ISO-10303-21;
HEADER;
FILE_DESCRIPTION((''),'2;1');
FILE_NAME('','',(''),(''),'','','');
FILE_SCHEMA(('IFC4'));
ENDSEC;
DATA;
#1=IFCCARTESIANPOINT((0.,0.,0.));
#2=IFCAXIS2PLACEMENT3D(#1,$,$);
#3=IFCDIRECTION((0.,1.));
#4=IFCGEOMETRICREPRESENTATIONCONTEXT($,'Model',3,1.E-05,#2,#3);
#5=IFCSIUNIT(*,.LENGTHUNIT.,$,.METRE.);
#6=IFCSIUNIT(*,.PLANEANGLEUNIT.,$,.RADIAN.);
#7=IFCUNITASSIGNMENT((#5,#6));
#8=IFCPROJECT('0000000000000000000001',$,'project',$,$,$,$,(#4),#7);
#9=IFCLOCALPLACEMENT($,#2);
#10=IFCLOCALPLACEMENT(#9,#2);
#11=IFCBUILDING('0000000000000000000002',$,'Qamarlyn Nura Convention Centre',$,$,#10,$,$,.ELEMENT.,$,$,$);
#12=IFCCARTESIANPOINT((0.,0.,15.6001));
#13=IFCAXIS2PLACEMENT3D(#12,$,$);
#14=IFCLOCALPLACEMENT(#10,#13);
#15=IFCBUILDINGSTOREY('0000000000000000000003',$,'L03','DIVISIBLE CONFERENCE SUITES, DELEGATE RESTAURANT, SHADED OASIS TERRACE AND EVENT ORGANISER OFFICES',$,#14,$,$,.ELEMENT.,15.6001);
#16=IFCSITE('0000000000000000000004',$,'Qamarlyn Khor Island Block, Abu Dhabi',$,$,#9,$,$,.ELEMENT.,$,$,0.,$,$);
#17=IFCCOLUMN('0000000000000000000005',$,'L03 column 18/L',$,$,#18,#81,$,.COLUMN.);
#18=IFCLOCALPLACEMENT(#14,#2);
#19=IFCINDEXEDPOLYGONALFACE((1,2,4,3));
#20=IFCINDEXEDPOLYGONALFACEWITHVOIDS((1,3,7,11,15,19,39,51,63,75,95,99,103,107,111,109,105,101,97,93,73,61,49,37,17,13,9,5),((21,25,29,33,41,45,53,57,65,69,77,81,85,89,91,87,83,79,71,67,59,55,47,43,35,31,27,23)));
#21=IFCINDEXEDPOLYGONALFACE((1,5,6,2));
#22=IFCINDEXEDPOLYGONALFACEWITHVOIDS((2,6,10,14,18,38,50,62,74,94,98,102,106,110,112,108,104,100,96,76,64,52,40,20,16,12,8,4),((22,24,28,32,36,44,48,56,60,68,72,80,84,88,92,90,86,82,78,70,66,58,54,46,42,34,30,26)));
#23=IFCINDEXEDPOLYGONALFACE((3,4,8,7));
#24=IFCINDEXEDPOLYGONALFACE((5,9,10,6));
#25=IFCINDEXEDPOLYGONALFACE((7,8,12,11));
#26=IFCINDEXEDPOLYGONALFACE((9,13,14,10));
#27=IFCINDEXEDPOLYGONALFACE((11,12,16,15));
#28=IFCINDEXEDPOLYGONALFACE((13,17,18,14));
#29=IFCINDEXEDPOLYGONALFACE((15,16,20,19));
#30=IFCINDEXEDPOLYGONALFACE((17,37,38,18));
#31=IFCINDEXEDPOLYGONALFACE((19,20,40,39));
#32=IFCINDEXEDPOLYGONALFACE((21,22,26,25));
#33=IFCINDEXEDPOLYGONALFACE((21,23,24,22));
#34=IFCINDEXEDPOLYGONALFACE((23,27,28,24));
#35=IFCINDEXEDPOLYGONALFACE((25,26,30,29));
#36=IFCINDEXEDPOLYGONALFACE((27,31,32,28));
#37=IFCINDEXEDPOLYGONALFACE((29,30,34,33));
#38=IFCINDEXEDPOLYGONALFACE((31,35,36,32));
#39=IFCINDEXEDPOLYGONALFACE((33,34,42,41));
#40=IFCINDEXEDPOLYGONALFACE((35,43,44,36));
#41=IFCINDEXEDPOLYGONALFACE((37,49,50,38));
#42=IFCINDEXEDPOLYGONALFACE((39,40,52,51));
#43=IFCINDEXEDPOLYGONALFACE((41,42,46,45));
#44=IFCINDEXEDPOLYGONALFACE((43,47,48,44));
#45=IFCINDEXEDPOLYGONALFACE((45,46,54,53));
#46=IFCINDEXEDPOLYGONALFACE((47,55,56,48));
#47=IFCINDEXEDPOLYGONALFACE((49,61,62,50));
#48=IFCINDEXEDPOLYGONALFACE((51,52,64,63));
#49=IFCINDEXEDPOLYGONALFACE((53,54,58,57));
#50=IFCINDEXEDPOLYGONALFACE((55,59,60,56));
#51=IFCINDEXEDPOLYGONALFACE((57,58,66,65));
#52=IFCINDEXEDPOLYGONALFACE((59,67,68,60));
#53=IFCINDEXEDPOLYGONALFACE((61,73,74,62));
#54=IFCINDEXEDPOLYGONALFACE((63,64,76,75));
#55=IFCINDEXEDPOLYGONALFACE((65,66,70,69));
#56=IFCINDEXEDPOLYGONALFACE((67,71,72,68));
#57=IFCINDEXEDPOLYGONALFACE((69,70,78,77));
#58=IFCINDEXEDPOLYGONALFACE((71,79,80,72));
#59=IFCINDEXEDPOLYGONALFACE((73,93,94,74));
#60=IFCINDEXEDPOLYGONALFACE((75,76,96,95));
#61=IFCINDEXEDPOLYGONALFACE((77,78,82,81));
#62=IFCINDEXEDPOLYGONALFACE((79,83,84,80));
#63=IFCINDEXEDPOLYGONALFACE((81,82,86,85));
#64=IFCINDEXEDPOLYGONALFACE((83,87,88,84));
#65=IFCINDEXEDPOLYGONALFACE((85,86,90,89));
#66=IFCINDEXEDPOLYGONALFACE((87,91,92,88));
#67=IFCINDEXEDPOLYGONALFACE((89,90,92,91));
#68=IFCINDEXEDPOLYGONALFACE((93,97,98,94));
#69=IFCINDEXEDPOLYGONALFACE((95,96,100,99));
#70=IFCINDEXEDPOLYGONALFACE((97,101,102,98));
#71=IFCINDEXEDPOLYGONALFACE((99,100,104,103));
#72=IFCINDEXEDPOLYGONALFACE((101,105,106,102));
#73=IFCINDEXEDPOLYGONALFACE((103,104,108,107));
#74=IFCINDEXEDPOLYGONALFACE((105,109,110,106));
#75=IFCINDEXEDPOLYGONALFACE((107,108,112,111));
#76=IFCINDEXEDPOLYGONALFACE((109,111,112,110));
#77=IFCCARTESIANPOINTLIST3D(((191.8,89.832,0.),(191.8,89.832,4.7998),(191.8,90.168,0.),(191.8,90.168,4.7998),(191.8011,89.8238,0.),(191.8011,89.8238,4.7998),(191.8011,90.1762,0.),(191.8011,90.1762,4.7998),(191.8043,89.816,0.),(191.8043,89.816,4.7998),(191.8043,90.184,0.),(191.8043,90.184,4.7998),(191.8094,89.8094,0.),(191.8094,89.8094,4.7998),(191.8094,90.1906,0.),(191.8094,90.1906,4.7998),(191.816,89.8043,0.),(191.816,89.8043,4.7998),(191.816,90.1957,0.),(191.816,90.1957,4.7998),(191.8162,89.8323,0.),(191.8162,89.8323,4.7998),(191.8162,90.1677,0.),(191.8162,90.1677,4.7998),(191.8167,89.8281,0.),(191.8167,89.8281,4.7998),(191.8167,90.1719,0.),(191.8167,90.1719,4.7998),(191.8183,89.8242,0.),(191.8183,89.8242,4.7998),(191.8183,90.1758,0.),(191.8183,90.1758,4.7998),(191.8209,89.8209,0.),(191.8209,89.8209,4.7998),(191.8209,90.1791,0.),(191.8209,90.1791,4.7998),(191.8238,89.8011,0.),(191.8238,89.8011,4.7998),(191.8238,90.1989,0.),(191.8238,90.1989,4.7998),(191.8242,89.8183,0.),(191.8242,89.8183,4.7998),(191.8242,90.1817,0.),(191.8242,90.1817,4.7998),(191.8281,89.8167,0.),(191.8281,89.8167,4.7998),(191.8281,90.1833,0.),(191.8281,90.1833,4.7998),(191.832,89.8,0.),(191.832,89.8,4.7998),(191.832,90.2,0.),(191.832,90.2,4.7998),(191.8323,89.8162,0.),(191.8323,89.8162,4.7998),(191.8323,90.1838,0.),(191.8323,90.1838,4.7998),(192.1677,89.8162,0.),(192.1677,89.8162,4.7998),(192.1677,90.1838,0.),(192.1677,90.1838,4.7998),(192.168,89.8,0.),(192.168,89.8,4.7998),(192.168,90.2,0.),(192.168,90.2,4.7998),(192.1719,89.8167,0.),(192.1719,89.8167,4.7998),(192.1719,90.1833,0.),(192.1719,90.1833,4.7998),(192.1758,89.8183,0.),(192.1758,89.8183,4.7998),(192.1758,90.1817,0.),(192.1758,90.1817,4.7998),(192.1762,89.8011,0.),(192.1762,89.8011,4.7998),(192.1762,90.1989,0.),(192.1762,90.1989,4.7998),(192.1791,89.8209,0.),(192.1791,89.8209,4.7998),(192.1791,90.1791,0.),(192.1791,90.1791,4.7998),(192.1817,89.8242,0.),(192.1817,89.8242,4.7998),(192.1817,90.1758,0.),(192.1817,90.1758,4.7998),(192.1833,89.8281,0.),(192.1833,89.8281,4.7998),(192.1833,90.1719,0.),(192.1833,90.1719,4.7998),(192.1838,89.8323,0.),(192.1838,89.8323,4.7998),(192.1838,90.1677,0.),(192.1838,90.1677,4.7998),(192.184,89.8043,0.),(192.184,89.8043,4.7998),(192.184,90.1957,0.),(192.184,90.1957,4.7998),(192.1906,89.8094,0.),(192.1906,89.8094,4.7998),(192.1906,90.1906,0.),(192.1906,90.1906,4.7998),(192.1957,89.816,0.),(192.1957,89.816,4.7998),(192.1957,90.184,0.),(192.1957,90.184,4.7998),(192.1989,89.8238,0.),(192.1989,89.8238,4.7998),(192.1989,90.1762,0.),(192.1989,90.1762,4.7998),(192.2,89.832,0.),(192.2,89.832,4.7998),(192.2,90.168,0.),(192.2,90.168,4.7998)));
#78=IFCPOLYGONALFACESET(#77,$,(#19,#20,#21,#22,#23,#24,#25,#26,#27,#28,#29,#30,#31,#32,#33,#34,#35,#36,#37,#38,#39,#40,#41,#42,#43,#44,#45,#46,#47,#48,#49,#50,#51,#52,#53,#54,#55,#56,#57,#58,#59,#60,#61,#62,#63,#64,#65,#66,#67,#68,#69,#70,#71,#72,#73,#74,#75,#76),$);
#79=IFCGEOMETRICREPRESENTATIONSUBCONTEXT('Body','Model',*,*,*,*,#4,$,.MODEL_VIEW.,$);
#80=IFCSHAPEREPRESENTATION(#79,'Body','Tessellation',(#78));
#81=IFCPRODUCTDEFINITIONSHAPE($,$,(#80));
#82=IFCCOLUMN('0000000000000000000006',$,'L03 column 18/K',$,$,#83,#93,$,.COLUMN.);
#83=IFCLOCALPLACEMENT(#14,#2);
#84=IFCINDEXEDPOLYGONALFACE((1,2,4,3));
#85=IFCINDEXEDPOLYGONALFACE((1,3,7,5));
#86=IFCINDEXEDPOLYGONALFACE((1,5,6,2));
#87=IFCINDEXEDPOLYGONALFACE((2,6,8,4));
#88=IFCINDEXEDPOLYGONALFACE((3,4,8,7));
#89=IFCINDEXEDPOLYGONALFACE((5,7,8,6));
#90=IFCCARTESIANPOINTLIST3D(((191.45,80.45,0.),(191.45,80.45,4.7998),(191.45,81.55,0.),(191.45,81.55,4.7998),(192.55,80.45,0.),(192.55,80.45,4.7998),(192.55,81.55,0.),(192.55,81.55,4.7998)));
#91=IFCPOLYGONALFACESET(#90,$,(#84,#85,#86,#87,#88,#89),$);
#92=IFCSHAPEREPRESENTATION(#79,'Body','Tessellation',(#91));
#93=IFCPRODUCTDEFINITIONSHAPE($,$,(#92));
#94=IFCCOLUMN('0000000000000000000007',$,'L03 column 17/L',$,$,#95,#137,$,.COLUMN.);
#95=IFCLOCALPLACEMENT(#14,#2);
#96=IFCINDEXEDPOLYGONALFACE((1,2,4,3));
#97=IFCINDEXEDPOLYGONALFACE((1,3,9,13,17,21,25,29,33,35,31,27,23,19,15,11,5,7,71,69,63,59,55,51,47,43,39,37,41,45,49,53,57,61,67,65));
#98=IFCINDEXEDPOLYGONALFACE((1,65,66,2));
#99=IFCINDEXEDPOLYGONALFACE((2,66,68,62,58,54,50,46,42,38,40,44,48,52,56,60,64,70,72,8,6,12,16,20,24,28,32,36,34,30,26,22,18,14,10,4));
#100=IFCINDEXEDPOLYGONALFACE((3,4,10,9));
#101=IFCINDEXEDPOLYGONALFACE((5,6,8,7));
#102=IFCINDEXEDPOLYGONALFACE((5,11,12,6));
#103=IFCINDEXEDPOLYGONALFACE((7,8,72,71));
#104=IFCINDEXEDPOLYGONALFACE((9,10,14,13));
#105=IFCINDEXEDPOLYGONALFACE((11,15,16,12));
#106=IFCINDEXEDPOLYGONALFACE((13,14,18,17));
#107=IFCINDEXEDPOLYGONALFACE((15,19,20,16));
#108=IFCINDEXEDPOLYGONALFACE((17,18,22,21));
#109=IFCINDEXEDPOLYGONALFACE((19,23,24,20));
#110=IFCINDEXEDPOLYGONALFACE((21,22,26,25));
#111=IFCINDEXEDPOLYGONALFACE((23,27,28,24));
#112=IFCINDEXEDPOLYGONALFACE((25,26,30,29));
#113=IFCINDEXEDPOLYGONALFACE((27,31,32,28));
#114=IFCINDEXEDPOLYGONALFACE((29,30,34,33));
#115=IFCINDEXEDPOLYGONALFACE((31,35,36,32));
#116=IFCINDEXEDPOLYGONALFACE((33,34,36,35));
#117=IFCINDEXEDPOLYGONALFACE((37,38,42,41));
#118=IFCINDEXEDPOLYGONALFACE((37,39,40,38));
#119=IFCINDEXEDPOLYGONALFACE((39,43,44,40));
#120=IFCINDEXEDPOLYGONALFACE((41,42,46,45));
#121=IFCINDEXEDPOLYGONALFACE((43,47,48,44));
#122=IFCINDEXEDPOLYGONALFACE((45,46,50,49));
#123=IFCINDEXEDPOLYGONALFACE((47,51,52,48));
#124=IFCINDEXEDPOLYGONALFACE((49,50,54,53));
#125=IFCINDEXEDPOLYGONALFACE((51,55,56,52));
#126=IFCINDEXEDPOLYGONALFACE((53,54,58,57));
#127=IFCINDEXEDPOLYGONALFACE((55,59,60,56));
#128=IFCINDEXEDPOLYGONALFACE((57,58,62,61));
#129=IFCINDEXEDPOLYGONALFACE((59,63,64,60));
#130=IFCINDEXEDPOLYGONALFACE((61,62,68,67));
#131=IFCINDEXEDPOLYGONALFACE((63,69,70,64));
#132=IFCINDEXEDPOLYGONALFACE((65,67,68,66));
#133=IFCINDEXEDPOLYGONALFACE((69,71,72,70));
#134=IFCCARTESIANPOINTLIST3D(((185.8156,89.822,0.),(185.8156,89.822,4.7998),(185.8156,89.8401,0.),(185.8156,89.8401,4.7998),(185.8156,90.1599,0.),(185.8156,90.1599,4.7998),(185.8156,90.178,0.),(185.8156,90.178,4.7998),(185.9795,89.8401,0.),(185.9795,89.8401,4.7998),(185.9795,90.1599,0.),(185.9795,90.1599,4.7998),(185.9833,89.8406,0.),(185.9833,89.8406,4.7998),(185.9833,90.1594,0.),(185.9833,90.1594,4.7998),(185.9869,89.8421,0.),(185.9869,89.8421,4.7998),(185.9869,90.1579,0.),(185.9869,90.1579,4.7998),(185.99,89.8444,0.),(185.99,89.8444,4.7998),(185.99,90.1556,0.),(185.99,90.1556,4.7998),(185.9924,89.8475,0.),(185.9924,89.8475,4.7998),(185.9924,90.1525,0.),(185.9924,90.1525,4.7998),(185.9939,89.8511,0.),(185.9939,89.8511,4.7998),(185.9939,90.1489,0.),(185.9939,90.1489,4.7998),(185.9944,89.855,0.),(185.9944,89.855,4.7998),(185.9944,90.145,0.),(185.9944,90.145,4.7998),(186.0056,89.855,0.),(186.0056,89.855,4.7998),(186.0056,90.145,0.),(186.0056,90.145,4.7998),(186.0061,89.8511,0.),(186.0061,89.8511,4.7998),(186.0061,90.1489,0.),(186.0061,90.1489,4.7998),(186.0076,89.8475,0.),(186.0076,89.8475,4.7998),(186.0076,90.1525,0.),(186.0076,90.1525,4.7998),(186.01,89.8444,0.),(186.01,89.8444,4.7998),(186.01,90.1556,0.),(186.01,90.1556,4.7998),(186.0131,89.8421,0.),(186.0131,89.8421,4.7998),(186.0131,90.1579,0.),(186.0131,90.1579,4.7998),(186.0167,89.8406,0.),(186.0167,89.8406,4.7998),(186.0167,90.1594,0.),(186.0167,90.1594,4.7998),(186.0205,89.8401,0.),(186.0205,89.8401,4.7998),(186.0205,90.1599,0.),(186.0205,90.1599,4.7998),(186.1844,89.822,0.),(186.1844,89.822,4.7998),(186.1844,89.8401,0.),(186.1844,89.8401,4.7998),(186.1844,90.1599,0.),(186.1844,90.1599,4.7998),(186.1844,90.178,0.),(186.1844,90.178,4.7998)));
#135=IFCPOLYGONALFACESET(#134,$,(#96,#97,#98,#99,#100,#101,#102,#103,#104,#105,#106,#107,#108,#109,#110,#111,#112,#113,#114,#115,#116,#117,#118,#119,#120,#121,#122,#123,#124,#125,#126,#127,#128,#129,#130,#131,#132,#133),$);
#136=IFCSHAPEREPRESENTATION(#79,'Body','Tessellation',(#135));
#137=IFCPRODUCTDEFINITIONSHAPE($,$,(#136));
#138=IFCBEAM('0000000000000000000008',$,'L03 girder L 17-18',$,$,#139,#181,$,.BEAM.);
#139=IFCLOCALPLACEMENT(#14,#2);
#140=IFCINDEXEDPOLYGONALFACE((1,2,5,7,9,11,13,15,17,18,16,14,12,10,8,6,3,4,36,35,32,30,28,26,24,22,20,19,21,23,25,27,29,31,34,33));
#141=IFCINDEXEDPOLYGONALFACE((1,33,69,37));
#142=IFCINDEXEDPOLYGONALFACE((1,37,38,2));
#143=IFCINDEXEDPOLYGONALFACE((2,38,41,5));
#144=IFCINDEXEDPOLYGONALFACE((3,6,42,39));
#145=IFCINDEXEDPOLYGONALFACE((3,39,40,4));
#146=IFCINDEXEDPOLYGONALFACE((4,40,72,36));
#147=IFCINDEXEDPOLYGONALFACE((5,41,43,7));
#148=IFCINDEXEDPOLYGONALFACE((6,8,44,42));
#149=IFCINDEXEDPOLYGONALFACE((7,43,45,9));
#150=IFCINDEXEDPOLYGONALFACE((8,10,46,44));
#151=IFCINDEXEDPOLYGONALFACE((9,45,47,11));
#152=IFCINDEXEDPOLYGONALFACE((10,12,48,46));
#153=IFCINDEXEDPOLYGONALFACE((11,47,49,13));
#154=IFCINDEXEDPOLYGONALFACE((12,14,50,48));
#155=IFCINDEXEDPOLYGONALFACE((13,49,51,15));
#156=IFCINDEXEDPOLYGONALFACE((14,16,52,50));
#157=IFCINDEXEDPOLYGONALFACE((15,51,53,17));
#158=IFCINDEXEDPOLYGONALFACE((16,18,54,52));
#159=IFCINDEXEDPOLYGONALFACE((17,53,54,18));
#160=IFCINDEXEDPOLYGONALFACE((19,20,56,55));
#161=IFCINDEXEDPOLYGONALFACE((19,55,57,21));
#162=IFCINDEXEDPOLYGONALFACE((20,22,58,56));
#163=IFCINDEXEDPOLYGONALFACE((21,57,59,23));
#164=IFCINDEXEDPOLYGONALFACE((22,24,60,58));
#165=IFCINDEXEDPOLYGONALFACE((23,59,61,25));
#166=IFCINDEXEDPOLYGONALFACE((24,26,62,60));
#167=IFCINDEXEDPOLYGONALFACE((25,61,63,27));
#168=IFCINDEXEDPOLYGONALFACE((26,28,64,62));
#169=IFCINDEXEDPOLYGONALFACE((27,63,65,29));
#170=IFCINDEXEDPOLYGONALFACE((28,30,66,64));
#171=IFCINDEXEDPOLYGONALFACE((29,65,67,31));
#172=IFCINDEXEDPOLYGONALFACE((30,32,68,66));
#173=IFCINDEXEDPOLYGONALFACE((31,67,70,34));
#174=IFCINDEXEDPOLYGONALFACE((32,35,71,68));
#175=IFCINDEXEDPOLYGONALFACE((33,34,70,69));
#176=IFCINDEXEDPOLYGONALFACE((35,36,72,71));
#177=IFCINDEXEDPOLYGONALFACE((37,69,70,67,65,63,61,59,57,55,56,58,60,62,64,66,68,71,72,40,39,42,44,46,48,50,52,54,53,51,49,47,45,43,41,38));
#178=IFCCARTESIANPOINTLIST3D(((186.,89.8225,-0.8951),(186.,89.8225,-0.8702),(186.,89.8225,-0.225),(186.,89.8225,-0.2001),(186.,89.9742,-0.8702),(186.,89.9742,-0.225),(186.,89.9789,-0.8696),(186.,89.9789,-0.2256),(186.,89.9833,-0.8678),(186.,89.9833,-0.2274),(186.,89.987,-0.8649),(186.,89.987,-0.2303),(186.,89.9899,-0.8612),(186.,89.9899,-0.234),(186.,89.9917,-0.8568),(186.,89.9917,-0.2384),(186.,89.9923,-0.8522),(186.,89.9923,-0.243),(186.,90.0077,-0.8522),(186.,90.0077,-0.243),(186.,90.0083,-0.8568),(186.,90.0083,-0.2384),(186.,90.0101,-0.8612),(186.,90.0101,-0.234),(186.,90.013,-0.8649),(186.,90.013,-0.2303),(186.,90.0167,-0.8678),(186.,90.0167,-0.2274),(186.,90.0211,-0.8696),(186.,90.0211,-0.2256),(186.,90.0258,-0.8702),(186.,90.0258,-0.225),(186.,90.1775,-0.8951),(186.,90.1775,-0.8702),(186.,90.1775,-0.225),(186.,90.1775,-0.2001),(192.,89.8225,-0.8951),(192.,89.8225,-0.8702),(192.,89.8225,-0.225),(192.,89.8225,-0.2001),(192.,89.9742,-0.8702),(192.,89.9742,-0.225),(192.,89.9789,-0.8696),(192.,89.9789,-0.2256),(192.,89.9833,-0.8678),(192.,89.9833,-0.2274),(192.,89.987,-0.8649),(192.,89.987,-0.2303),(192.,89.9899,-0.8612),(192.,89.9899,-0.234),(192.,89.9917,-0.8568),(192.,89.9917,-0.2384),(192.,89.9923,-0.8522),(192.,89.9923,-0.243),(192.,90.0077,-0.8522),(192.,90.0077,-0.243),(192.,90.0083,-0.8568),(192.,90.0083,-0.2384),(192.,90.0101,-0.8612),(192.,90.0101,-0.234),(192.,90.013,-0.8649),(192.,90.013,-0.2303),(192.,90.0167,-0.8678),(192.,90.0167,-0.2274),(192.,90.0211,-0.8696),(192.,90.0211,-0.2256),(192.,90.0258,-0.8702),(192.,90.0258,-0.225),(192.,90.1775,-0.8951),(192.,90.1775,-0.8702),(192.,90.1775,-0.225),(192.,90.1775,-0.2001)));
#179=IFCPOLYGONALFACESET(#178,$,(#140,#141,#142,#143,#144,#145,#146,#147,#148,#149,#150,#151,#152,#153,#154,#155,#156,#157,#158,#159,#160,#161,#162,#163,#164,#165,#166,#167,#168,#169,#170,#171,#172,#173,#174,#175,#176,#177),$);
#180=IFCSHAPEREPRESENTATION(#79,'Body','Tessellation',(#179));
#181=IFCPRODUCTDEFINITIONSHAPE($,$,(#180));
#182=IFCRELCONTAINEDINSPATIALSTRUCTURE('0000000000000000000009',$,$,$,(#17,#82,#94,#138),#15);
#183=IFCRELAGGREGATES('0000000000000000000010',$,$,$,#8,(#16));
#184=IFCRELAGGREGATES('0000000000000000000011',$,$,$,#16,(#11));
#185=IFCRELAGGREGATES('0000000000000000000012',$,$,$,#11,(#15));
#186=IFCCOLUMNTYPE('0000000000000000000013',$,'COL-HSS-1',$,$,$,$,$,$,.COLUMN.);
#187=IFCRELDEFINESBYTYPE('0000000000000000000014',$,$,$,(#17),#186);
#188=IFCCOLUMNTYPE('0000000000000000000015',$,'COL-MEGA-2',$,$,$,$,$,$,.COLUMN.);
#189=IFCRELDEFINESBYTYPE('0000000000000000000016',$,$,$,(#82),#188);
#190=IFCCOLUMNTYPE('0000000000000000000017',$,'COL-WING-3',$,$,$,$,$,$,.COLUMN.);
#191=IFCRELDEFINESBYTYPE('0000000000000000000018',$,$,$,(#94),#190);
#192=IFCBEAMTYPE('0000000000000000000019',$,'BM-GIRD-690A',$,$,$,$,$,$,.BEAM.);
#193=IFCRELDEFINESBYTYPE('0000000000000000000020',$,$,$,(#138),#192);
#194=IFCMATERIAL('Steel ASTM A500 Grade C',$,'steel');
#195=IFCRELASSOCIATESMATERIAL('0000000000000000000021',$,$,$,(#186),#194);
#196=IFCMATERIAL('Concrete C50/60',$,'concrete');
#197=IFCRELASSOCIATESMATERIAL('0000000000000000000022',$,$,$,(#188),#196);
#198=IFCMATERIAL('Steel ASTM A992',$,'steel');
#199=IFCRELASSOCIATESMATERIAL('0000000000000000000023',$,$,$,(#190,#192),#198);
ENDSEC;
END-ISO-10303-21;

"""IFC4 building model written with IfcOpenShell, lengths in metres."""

from ifc_helpers import new_model, si_unit, direction, frame, origin, origin_2d, place, context, subcontext, project, spatial, rectangle, hollow_rectangle, i_section, extrude, material, material_profile, profile_set, type_object, element, save


model = new_model("IFC4")

# Units and contexts
model_context = context("Model", 3, precision=1e-05, world=origin(), true_north=direction((0.0, 1.0)))
body_context = subcontext(model_context, "Body", "Model", "MODEL_VIEW")
ifc_project = project(units=[si_unit("LENGTHUNIT", "METRE"), si_unit("PLANEANGLEUNIT", "RADIAN")], contexts=[model_context])

# Site, building, storey
site_placement = place(None, origin())
site = spatial("IfcSite", under=ifc_project, at=site_placement, Name="Qamarlyn Khor Island Block, Abu Dhabi", CompositionType="ELEMENT", RefElevation=0.0)
building_placement = place(site_placement, origin())
building = spatial("IfcBuilding", under=site, at=building_placement, Name="Qamarlyn Nura Convention Centre", CompositionType="ELEMENT")
storey_placement = place(building_placement, frame((0.0, 0.0, 15.6001)))
storey = spatial("IfcBuildingStorey", under=building, at=storey_placement, Name="L03", Description="DIVISIBLE CONFERENCE SUITES, DELEGATE RESTAURANT, SHADED OASIS TERRACE AND EVENT ORGANISER OFFICES", CompositionType="ELEMENT", Elevation=15.6001)

# Columns
ifc_material_1 = material(Name="Steel ASTM A500 Grade C", Category="steel")
ifc_material_profile_1 = material_profile(ifc_material_1, hollow_rectangle(XDim=0.3999, YDim=0.3999, WallThickness=0.0161, InnerFilletRadius=0.0161, OuterFilletRadius=0.032, at=origin_2d()), Name="HSS400X400X16")
ifc_profile_set_1 = profile_set([ifc_material_profile_1], Name="Steel ASTM A500 Grade C")
column_type_1 = type_object("IfcColumnType", Name="COL-HSS-1", PredefinedType="COLUMN", material=ifc_profile_set_1)
column_1_placement = place(storey_placement, frame((192.0, 90.0, 0.0), z_axis=(0.0, 0.0, 1.0), x_axis=(1.0, 0.0, 0.0)))
element("IfcColumn", 1, at=column_1_placement, inside=storey, type_object=column_type_1, Name="L03 column 18/L", PredefinedType="COLUMN", context=body_context, shape_type="SweptSolid", body=[
    extrude(hollow_rectangle(XDim=0.3999, YDim=0.3999, WallThickness=0.0161, InnerFilletRadius=0.0161, OuterFilletRadius=0.032, at=origin_2d()), origin(), (0.0, 0.0, 1.0), 4.7998),
])
ifc_material_2 = material(Name="Concrete C50/60", Category="concrete")
ifc_material_profile_2 = material_profile(ifc_material_2, rectangle(XDim=1.1001, YDim=1.1001, at=origin_2d()), Name="RC 1100x1100")
ifc_profile_set_2 = profile_set([ifc_material_profile_2], Name="Concrete C50/60")
column_type_2 = type_object("IfcColumnType", Name="COL-MEGA-2", PredefinedType="COLUMN", material=ifc_profile_set_2)
column_2_placement = place(storey_placement, frame((192.0, 81.0, 0.0), z_axis=(0.0, 0.0, 1.0), x_axis=(1.0, 0.0, 0.0)))
element("IfcColumn", 2, at=column_2_placement, inside=storey, type_object=column_type_2, Name="L03 column 18/K", PredefinedType="COLUMN", context=body_context, shape_type="SweptSolid", body=[
    extrude(rectangle(XDim=1.1001, YDim=1.1001, at=origin_2d()), origin(), (0.0, 0.0, 1.0), 4.7998),
])
ifc_material_3 = material(Name="Steel ASTM A992", Category="steel")
ifc_material_profile_3 = material_profile(ifc_material_3, i_section(OverallWidth=0.3689, OverallDepth=0.356, WebThickness=0.0112, FlangeThickness=0.0181, FilletRadius=0.0149, at=origin_2d()), Name="W360X134")
ifc_profile_set_3 = profile_set([ifc_material_profile_3], Name="Steel ASTM A992")
column_type_3 = type_object("IfcColumnType", Name="COL-WING-3", PredefinedType="COLUMN", material=ifc_profile_set_3)
column_3_placement = place(storey_placement, frame((186.0, 90.0, 0.0), z_axis=(0.0, 0.0, 1.0), x_axis=(1.0, 0.0, 0.0)))
element("IfcColumn", 3, at=column_3_placement, inside=storey, type_object=column_type_3, Name="L03 column 17/L", PredefinedType="COLUMN", context=body_context, shape_type="SweptSolid", body=[
    extrude(i_section(OverallWidth=0.3689, OverallDepth=0.356, WebThickness=0.0112, FlangeThickness=0.0181, FilletRadius=0.0149, at=origin_2d()), origin(), (0.0, 0.0, 1.0), 4.7998),
])

# Beam
ifc_material_profile_4 = material_profile(ifc_material_3, i_section(OverallWidth=0.355, OverallDepth=0.6951, WebThickness=0.0154, FlangeThickness=0.0249, FilletRadius=0.0181, at=origin_2d()), Name="W690X217")
ifc_profile_set_4 = profile_set([ifc_material_profile_4], Name="Steel ASTM A992")
beam_type_1 = type_object("IfcBeamType", Name="BM-GIRD-690A", PredefinedType="BEAM", material=ifc_profile_set_4)
beam_1_placement = place(storey_placement, frame((186.0, 90.0, -0.5476), z_axis=(1.0, 0.0, 0.0), x_axis=(0.0, 1.0, 0.0)))
element("IfcBeam", 4, at=beam_1_placement, inside=storey, type_object=beam_type_1, Name="L03 girder L 17-18", PredefinedType="BEAM", context=body_context, shape_type="SweptSolid", body=[
    extrude(i_section(OverallWidth=0.355, OverallDepth=0.6951, WebThickness=0.0154, FlangeThickness=0.0249, FilletRadius=0.0181, at=origin_2d()), origin(), (0.0, 0.0, 1.0), 6.0),
])

save(model, "model.ifc")
